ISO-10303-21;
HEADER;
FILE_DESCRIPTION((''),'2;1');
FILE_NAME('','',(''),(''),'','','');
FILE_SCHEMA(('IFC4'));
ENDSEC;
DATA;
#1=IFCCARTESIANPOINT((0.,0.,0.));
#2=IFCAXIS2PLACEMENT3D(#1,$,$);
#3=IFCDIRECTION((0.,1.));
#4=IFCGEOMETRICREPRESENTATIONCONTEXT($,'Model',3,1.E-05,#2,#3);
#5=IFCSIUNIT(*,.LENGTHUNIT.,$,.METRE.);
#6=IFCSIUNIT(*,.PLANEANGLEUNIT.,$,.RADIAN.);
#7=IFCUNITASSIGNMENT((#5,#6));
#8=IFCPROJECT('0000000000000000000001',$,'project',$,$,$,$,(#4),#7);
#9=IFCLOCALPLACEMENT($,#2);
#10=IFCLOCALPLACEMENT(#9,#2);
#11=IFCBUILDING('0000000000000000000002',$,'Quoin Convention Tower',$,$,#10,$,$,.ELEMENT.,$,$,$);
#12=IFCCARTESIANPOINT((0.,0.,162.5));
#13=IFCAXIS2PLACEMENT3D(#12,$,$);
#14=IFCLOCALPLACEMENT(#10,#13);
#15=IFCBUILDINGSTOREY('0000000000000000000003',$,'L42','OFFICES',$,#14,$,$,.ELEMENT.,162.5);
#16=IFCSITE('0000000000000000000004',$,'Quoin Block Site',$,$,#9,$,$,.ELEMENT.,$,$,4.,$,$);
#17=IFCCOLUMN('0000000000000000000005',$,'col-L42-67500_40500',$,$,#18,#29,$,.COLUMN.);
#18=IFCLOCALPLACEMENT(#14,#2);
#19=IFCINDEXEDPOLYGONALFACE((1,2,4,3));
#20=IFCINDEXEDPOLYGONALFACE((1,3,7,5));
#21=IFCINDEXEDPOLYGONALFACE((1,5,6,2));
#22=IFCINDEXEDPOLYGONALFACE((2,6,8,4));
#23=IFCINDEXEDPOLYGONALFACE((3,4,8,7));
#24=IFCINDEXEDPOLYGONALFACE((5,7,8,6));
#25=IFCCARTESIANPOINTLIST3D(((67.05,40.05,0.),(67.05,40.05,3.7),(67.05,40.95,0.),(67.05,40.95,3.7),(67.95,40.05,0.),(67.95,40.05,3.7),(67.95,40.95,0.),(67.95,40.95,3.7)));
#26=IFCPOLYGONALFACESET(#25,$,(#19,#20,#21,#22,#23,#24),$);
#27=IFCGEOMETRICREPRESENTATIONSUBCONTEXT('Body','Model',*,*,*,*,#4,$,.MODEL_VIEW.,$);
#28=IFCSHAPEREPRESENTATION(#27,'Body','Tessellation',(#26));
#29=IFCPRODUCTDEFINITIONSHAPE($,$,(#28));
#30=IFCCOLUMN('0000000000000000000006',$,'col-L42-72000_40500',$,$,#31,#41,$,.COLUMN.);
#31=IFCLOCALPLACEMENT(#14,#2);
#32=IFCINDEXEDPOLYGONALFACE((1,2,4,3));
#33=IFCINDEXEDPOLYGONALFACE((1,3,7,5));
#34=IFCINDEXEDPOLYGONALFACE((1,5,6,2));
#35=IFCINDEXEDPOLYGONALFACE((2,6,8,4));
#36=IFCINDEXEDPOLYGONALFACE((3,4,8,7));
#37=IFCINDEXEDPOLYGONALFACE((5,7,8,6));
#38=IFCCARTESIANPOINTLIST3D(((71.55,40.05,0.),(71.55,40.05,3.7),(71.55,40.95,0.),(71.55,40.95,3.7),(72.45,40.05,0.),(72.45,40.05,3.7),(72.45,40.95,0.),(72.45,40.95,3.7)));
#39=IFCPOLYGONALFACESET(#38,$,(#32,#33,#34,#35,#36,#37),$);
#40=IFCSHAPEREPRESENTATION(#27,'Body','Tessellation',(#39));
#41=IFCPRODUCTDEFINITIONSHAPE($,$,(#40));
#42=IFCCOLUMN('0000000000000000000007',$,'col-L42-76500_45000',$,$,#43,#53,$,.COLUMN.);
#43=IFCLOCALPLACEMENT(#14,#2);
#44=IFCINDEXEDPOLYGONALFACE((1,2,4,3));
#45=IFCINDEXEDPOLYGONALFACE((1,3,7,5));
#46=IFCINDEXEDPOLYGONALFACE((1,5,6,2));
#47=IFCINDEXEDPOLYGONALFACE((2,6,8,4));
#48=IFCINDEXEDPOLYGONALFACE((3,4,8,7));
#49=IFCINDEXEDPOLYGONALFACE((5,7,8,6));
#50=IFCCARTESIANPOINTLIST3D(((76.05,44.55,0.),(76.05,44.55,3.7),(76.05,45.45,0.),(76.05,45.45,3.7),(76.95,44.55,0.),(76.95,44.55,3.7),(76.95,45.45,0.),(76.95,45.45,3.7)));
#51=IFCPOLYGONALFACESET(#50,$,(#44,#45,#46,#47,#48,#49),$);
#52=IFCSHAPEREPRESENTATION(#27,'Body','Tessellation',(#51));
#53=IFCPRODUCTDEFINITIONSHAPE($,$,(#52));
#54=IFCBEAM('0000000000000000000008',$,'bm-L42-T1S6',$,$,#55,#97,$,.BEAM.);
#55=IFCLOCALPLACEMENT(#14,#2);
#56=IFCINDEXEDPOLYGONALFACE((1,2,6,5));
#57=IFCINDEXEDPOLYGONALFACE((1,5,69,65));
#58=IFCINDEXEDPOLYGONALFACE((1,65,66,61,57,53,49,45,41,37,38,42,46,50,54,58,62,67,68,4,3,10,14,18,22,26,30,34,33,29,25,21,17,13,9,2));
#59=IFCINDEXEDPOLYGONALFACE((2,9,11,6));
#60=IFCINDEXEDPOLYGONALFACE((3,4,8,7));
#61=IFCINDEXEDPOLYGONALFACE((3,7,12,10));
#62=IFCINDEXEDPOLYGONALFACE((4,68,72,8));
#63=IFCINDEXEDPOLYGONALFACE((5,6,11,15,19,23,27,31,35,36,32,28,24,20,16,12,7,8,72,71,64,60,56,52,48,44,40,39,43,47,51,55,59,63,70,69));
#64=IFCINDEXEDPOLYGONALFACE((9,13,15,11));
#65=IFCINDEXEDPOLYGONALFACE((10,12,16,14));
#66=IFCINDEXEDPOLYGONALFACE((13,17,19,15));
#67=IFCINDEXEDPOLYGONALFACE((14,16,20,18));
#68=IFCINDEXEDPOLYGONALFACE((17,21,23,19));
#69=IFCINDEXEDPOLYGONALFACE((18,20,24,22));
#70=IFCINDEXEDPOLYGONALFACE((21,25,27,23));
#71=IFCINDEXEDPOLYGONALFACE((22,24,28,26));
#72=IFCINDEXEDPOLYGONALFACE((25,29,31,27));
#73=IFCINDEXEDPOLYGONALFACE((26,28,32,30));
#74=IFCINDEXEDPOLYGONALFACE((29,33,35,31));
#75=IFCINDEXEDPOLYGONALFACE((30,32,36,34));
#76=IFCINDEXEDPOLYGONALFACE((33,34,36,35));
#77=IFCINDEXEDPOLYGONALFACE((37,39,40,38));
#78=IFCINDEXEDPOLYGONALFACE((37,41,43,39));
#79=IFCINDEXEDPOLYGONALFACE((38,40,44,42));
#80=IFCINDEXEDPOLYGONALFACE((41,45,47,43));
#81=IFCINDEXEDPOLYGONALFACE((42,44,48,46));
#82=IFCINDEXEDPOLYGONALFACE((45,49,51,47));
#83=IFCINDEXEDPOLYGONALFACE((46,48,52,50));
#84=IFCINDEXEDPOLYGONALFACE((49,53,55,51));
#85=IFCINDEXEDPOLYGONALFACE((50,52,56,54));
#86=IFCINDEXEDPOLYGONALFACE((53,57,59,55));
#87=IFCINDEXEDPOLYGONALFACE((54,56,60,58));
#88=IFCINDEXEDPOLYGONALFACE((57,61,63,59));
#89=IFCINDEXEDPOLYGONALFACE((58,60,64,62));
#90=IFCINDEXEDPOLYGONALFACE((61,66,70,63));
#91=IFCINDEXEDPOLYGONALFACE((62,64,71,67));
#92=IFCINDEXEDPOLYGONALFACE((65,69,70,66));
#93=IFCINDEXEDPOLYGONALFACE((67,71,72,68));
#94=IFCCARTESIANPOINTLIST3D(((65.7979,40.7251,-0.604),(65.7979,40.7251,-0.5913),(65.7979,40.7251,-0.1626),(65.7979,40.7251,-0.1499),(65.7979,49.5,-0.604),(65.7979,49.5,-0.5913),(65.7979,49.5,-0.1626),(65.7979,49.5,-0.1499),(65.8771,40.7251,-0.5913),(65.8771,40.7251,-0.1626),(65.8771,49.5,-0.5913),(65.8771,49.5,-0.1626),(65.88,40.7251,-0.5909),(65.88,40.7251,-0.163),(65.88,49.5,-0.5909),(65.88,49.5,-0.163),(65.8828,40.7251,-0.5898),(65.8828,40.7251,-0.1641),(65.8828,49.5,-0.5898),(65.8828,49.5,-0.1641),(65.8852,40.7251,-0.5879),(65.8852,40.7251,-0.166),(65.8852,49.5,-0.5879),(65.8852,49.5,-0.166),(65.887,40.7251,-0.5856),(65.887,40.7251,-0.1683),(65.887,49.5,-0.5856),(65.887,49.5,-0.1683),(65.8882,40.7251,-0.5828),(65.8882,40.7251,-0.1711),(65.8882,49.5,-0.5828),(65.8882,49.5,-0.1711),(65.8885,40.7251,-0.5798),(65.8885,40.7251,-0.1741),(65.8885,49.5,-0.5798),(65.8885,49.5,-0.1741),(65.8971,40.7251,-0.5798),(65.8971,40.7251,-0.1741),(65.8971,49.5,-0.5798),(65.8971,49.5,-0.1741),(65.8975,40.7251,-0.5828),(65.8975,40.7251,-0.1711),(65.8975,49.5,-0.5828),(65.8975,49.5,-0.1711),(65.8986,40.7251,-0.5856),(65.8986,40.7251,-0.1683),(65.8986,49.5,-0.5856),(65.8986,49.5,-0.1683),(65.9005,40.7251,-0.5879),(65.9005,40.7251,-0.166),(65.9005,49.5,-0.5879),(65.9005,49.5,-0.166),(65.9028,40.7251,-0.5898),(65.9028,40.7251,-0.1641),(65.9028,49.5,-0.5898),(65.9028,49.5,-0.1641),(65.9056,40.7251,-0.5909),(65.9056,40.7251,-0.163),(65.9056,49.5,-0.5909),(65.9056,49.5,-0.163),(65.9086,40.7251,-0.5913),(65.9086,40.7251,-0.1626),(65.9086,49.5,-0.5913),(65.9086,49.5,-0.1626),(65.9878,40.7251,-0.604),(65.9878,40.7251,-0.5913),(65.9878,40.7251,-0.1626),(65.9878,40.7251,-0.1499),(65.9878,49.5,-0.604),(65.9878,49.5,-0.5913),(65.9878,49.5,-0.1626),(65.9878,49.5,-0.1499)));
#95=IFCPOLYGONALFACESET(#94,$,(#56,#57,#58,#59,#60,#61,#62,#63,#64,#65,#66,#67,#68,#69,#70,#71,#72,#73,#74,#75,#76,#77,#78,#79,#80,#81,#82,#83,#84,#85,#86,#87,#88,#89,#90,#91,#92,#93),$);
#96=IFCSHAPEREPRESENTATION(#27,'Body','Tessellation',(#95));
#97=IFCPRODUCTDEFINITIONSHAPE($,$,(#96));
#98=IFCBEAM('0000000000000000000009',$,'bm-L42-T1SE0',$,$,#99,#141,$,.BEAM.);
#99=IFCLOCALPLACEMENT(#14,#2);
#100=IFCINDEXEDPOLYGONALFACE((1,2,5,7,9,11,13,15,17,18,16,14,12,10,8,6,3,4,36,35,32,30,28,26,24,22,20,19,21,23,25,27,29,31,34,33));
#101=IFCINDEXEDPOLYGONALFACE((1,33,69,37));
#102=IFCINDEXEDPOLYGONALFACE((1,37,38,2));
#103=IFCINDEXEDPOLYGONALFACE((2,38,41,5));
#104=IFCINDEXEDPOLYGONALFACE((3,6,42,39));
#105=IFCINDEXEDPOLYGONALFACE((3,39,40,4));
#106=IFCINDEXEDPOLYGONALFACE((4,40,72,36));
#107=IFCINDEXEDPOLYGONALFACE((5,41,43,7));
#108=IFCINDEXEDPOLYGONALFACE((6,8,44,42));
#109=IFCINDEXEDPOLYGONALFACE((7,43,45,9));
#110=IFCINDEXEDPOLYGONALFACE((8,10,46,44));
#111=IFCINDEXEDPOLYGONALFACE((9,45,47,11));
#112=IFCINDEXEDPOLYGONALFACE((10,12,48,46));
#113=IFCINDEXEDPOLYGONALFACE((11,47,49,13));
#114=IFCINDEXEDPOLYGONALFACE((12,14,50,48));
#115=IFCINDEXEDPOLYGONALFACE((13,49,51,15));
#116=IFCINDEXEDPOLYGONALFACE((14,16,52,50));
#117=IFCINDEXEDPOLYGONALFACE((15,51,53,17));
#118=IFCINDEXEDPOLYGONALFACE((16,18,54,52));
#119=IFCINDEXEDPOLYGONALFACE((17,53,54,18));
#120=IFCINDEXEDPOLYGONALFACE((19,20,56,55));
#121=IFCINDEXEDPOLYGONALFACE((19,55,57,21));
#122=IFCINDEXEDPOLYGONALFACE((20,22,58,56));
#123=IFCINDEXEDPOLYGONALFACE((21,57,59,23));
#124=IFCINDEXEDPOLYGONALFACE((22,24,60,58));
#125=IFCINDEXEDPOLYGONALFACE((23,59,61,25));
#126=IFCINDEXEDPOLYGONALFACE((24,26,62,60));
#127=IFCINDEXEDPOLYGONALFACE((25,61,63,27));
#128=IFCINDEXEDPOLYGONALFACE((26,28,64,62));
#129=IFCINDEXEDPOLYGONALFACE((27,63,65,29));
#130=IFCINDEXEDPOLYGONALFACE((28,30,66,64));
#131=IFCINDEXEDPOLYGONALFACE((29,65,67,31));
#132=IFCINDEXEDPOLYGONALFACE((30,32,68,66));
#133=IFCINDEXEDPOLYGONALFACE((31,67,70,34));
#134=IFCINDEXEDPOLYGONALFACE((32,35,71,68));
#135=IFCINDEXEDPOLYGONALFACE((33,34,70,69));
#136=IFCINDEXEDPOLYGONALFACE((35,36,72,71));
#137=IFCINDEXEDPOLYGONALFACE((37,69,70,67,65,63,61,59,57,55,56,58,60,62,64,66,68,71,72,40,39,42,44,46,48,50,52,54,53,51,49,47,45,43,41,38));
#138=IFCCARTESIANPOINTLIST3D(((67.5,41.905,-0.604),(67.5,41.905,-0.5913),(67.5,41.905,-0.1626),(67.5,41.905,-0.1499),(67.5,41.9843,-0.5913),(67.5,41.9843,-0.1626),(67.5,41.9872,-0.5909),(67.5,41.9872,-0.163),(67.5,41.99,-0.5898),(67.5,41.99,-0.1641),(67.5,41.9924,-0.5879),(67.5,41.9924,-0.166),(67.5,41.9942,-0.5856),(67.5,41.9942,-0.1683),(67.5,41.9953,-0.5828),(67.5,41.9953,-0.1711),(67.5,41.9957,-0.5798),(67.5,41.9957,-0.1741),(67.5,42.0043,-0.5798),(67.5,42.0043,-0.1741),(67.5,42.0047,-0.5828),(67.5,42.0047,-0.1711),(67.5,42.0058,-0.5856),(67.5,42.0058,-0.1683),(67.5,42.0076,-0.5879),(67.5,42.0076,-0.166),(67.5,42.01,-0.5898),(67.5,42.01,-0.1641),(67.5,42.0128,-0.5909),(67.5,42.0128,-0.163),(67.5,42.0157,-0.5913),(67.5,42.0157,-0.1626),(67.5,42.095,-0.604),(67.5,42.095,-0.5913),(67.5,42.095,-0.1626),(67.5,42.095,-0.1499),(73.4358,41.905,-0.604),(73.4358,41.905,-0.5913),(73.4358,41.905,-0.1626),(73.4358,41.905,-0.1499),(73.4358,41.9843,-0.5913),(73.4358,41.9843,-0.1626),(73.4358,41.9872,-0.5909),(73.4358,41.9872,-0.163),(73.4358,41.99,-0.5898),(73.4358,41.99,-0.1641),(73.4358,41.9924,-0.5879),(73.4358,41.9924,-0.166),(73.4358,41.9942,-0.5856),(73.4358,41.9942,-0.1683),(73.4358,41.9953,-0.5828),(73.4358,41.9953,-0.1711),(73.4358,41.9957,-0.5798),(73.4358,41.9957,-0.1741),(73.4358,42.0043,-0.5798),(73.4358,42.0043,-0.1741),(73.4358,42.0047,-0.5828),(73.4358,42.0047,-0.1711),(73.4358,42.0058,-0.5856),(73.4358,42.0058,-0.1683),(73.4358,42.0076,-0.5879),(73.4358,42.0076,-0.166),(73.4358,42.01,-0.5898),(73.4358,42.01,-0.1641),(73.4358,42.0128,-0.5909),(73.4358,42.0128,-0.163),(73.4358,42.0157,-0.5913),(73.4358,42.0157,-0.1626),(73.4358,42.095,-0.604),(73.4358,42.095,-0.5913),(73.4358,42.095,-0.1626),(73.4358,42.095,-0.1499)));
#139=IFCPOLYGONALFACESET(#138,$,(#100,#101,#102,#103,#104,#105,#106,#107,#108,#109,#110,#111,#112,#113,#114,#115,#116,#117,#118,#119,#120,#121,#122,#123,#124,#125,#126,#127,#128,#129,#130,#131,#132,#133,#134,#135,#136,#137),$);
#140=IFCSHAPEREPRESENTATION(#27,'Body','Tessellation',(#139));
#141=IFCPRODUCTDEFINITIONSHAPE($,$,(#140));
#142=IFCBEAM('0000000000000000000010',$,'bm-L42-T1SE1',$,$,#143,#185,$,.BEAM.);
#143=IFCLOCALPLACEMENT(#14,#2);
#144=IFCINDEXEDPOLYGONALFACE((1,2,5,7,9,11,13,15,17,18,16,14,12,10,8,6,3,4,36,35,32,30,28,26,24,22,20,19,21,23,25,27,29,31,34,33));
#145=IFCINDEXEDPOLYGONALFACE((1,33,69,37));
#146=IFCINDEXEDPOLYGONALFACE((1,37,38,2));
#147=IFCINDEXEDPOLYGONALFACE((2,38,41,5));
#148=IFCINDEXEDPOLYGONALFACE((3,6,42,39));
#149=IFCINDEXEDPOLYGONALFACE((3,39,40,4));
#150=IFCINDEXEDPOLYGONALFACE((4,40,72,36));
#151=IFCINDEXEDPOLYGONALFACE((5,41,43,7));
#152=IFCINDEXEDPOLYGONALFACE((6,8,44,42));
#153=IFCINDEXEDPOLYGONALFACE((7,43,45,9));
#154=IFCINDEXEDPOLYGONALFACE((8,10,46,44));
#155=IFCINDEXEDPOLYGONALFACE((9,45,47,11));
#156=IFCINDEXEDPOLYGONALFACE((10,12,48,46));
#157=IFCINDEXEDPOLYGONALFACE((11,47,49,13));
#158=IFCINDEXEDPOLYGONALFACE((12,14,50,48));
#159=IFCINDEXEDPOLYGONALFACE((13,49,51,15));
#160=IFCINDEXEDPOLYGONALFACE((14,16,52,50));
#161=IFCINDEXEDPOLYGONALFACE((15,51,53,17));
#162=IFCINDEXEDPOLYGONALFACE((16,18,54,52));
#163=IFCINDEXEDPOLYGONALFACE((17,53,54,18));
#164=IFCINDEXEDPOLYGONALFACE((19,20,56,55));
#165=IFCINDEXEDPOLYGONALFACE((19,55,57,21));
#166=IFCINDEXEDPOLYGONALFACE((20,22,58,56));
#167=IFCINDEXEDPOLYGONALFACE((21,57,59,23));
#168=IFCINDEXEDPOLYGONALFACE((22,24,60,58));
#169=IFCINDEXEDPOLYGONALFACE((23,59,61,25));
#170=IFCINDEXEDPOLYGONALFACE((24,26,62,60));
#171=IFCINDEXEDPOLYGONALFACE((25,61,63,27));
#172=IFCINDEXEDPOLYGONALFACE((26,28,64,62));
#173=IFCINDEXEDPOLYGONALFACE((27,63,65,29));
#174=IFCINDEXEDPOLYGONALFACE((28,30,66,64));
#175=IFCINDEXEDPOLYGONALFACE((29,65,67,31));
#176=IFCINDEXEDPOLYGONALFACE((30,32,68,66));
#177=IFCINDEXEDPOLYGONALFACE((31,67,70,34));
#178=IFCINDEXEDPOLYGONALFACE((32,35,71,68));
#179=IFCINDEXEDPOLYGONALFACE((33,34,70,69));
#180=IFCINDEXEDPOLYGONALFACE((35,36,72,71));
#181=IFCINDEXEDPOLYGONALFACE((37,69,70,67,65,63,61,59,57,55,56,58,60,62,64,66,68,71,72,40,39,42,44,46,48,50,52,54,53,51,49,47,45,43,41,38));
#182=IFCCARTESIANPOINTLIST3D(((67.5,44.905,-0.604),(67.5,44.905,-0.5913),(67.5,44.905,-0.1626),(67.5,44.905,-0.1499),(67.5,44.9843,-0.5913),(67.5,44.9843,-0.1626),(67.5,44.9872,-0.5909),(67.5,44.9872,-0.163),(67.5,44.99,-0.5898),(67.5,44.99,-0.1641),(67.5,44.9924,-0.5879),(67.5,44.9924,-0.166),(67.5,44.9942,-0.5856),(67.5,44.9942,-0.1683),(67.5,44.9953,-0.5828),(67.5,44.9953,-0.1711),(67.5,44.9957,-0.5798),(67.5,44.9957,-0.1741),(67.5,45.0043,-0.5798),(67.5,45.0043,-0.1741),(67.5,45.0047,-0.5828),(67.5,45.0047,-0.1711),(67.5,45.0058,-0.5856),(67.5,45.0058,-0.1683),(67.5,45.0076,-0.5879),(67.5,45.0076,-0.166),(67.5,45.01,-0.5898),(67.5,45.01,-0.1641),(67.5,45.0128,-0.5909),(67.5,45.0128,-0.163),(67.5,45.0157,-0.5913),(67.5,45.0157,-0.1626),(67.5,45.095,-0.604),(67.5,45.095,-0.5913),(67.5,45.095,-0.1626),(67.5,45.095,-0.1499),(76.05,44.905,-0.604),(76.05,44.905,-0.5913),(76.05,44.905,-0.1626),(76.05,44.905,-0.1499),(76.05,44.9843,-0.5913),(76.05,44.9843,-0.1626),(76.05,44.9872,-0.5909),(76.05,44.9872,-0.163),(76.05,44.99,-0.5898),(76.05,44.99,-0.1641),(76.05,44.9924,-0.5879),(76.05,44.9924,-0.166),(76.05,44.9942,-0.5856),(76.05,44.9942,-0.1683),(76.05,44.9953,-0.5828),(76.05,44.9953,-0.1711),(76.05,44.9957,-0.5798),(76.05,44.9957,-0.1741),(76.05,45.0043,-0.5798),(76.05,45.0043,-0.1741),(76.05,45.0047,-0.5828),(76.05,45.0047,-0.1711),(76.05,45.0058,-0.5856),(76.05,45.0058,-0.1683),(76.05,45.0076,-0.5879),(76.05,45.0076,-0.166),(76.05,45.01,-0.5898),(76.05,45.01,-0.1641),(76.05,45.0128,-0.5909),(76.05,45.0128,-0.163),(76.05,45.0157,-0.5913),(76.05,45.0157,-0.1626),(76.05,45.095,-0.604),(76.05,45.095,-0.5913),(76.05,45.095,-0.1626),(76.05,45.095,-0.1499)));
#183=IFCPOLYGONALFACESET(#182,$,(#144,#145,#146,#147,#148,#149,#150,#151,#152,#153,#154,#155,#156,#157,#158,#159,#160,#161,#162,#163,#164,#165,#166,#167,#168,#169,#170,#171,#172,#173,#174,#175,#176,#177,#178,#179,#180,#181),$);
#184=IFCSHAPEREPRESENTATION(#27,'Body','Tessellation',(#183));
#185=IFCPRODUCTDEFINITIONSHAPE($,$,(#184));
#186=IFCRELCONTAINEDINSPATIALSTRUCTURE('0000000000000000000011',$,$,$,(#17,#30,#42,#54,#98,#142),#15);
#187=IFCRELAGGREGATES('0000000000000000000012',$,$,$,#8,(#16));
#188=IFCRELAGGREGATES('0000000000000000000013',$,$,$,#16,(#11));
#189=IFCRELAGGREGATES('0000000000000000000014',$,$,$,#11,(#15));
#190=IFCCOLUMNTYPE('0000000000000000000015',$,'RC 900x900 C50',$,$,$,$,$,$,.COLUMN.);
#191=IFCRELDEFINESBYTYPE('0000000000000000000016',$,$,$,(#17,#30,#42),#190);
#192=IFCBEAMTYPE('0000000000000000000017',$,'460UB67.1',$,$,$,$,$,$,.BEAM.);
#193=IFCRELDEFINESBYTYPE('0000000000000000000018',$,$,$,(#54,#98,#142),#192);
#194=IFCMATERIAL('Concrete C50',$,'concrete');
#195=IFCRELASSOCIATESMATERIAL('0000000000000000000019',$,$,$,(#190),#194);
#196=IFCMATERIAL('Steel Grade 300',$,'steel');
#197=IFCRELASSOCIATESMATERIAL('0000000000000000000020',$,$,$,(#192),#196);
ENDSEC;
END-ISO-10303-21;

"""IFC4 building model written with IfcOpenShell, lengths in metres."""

from ifc_helpers import new_model, si_unit, direction, frame, origin, origin_2d, place, context, subcontext, project, spatial, rectangle, i_section, extrude, material, material_profile, profile_set, type_object, element, save


model = new_model("IFC4")

# Units and contexts
model_context = context("Model", 3, precision=1e-05, world=origin(), true_north=direction((0.0, 1.0)))
body_context = subcontext(model_context, "Body", "Model", "MODEL_VIEW")
ifc_project = project(units=[si_unit("LENGTHUNIT", "METRE"), si_unit("PLANEANGLEUNIT", "RADIAN")], contexts=[model_context])

# Site, building, storey
site_placement = place(None, origin())
site = spatial("IfcSite", under=ifc_project, at=site_placement, Name="Quoin Block Site", CompositionType="ELEMENT", RefElevation=4.0)
building_placement = place(site_placement, origin())
building = spatial("IfcBuilding", under=site, at=building_placement, Name="Quoin Convention Tower", CompositionType="ELEMENT")
storey_placement = place(building_placement, frame((0.0, 0.0, 162.5)))
storey = spatial("IfcBuildingStorey", under=building, at=storey_placement, Name="L42", Description="OFFICES", CompositionType="ELEMENT", Elevation=162.5)

# Columns
ifc_material_1 = material(Name="Concrete C50", Category="concrete")
ifc_material_profile_1 = material_profile(ifc_material_1, rectangle(XDim=0.8999, YDim=0.8999, at=origin_2d()), Name="RC 900x900")
ifc_profile_set_1 = profile_set([ifc_material_profile_1], Name="Concrete C50")
column_type = type_object("IfcColumnType", Name="RC 900x900 C50", PredefinedType="COLUMN", material=ifc_profile_set_1)
for number, where, z_axis, x_axis, name in (
    (1, (67.5, 40.5, 0.0), (0.0, 0.0, 1.0), (1.0, 0.0, 0.0), "col-L42-67500_40500"),
    (2, (72.0, 40.5, 0.0), (0.0, 0.0, 1.0), (1.0, 0.0, 0.0), "col-L42-72000_40500"),
    (3, (76.5, 45.0, 0.0), (0.0, 0.0, 1.0), (1.0, 0.0, 0.0), "col-L42-76500_45000"),
):
    element("IfcColumn", number, at=place(storey_placement, frame(where, z_axis=z_axis, x_axis=x_axis)), inside=storey, type_object=column_type, Name=name, PredefinedType="COLUMN", context=body_context, shape_type="SweptSolid", body=[
        extrude(rectangle(XDim=0.8999, YDim=0.8999, at=origin_2d()), origin(), (0.0, 0.0, 1.0), 3.7),
    ])

# Beams
ifc_material_2 = material(Name="Steel Grade 300", Category="steel")
ifc_material_profile_2 = material_profile(ifc_material_2, i_section(OverallWidth=0.1899, OverallDepth=0.4541, WebThickness=0.0085, FlangeThickness=0.0127, FilletRadius=0.0115, at=origin_2d()), Name="460UB67.1")
ifc_profile_set_2 = profile_set([ifc_material_profile_2], Name="Steel Grade 300")
beam_type_1 = type_object("IfcBeamType", Name="460UB67.1", PredefinedType="BEAM", material=ifc_profile_set_2)
beam_1_placement = place(storey_placement, frame((65.8928, 40.7251, -0.377), z_axis=(0.0, 1.0, 0.0), x_axis=(-1.0, 0.0, 0.0)))
element("IfcBeam", 4, at=beam_1_placement, inside=storey, type_object=beam_type_1, Name="bm-L42-T1S6", PredefinedType="BEAM", context=body_context, shape_type="SweptSolid", body=[
    extrude(i_section(OverallWidth=0.1899, OverallDepth=0.4541, WebThickness=0.0085, FlangeThickness=0.0127, FilletRadius=0.0115, at=origin_2d()), origin(), (0.0, 0.0, 1.0), 8.7749),
])
beam_2_placement = place(storey_placement, frame((67.5, 42.0, -0.377), z_axis=(1.0, 0.0, 0.0), x_axis=(0.0, 1.0, 0.0)))
element("IfcBeam", 5, at=beam_2_placement, inside=storey, type_object=beam_type_1, Name="bm-L42-T1SE0", PredefinedType="BEAM", context=body_context, shape_type="SweptSolid", body=[
    extrude(i_section(OverallWidth=0.1899, OverallDepth=0.4541, WebThickness=0.0085, FlangeThickness=0.0127, FilletRadius=0.0115, at=origin_2d()), origin(), (0.0, 0.0, 1.0), 5.9358),
])
beam_3_placement = place(storey_placement, frame((67.5, 45.0, -0.377), z_axis=(1.0, 0.0, 0.0), x_axis=(0.0, 1.0, 0.0)))
element("IfcBeam", 6, at=beam_3_placement, inside=storey, type_object=beam_type_1, Name="bm-L42-T1SE1", PredefinedType="BEAM", context=body_context, shape_type="SweptSolid", body=[
    extrude(i_section(OverallWidth=0.1899, OverallDepth=0.4541, WebThickness=0.0085, FlangeThickness=0.0127, FilletRadius=0.0115, at=origin_2d()), origin(), (0.0, 0.0, 1.0), 8.55),
])

save(model, "model.ifc")
